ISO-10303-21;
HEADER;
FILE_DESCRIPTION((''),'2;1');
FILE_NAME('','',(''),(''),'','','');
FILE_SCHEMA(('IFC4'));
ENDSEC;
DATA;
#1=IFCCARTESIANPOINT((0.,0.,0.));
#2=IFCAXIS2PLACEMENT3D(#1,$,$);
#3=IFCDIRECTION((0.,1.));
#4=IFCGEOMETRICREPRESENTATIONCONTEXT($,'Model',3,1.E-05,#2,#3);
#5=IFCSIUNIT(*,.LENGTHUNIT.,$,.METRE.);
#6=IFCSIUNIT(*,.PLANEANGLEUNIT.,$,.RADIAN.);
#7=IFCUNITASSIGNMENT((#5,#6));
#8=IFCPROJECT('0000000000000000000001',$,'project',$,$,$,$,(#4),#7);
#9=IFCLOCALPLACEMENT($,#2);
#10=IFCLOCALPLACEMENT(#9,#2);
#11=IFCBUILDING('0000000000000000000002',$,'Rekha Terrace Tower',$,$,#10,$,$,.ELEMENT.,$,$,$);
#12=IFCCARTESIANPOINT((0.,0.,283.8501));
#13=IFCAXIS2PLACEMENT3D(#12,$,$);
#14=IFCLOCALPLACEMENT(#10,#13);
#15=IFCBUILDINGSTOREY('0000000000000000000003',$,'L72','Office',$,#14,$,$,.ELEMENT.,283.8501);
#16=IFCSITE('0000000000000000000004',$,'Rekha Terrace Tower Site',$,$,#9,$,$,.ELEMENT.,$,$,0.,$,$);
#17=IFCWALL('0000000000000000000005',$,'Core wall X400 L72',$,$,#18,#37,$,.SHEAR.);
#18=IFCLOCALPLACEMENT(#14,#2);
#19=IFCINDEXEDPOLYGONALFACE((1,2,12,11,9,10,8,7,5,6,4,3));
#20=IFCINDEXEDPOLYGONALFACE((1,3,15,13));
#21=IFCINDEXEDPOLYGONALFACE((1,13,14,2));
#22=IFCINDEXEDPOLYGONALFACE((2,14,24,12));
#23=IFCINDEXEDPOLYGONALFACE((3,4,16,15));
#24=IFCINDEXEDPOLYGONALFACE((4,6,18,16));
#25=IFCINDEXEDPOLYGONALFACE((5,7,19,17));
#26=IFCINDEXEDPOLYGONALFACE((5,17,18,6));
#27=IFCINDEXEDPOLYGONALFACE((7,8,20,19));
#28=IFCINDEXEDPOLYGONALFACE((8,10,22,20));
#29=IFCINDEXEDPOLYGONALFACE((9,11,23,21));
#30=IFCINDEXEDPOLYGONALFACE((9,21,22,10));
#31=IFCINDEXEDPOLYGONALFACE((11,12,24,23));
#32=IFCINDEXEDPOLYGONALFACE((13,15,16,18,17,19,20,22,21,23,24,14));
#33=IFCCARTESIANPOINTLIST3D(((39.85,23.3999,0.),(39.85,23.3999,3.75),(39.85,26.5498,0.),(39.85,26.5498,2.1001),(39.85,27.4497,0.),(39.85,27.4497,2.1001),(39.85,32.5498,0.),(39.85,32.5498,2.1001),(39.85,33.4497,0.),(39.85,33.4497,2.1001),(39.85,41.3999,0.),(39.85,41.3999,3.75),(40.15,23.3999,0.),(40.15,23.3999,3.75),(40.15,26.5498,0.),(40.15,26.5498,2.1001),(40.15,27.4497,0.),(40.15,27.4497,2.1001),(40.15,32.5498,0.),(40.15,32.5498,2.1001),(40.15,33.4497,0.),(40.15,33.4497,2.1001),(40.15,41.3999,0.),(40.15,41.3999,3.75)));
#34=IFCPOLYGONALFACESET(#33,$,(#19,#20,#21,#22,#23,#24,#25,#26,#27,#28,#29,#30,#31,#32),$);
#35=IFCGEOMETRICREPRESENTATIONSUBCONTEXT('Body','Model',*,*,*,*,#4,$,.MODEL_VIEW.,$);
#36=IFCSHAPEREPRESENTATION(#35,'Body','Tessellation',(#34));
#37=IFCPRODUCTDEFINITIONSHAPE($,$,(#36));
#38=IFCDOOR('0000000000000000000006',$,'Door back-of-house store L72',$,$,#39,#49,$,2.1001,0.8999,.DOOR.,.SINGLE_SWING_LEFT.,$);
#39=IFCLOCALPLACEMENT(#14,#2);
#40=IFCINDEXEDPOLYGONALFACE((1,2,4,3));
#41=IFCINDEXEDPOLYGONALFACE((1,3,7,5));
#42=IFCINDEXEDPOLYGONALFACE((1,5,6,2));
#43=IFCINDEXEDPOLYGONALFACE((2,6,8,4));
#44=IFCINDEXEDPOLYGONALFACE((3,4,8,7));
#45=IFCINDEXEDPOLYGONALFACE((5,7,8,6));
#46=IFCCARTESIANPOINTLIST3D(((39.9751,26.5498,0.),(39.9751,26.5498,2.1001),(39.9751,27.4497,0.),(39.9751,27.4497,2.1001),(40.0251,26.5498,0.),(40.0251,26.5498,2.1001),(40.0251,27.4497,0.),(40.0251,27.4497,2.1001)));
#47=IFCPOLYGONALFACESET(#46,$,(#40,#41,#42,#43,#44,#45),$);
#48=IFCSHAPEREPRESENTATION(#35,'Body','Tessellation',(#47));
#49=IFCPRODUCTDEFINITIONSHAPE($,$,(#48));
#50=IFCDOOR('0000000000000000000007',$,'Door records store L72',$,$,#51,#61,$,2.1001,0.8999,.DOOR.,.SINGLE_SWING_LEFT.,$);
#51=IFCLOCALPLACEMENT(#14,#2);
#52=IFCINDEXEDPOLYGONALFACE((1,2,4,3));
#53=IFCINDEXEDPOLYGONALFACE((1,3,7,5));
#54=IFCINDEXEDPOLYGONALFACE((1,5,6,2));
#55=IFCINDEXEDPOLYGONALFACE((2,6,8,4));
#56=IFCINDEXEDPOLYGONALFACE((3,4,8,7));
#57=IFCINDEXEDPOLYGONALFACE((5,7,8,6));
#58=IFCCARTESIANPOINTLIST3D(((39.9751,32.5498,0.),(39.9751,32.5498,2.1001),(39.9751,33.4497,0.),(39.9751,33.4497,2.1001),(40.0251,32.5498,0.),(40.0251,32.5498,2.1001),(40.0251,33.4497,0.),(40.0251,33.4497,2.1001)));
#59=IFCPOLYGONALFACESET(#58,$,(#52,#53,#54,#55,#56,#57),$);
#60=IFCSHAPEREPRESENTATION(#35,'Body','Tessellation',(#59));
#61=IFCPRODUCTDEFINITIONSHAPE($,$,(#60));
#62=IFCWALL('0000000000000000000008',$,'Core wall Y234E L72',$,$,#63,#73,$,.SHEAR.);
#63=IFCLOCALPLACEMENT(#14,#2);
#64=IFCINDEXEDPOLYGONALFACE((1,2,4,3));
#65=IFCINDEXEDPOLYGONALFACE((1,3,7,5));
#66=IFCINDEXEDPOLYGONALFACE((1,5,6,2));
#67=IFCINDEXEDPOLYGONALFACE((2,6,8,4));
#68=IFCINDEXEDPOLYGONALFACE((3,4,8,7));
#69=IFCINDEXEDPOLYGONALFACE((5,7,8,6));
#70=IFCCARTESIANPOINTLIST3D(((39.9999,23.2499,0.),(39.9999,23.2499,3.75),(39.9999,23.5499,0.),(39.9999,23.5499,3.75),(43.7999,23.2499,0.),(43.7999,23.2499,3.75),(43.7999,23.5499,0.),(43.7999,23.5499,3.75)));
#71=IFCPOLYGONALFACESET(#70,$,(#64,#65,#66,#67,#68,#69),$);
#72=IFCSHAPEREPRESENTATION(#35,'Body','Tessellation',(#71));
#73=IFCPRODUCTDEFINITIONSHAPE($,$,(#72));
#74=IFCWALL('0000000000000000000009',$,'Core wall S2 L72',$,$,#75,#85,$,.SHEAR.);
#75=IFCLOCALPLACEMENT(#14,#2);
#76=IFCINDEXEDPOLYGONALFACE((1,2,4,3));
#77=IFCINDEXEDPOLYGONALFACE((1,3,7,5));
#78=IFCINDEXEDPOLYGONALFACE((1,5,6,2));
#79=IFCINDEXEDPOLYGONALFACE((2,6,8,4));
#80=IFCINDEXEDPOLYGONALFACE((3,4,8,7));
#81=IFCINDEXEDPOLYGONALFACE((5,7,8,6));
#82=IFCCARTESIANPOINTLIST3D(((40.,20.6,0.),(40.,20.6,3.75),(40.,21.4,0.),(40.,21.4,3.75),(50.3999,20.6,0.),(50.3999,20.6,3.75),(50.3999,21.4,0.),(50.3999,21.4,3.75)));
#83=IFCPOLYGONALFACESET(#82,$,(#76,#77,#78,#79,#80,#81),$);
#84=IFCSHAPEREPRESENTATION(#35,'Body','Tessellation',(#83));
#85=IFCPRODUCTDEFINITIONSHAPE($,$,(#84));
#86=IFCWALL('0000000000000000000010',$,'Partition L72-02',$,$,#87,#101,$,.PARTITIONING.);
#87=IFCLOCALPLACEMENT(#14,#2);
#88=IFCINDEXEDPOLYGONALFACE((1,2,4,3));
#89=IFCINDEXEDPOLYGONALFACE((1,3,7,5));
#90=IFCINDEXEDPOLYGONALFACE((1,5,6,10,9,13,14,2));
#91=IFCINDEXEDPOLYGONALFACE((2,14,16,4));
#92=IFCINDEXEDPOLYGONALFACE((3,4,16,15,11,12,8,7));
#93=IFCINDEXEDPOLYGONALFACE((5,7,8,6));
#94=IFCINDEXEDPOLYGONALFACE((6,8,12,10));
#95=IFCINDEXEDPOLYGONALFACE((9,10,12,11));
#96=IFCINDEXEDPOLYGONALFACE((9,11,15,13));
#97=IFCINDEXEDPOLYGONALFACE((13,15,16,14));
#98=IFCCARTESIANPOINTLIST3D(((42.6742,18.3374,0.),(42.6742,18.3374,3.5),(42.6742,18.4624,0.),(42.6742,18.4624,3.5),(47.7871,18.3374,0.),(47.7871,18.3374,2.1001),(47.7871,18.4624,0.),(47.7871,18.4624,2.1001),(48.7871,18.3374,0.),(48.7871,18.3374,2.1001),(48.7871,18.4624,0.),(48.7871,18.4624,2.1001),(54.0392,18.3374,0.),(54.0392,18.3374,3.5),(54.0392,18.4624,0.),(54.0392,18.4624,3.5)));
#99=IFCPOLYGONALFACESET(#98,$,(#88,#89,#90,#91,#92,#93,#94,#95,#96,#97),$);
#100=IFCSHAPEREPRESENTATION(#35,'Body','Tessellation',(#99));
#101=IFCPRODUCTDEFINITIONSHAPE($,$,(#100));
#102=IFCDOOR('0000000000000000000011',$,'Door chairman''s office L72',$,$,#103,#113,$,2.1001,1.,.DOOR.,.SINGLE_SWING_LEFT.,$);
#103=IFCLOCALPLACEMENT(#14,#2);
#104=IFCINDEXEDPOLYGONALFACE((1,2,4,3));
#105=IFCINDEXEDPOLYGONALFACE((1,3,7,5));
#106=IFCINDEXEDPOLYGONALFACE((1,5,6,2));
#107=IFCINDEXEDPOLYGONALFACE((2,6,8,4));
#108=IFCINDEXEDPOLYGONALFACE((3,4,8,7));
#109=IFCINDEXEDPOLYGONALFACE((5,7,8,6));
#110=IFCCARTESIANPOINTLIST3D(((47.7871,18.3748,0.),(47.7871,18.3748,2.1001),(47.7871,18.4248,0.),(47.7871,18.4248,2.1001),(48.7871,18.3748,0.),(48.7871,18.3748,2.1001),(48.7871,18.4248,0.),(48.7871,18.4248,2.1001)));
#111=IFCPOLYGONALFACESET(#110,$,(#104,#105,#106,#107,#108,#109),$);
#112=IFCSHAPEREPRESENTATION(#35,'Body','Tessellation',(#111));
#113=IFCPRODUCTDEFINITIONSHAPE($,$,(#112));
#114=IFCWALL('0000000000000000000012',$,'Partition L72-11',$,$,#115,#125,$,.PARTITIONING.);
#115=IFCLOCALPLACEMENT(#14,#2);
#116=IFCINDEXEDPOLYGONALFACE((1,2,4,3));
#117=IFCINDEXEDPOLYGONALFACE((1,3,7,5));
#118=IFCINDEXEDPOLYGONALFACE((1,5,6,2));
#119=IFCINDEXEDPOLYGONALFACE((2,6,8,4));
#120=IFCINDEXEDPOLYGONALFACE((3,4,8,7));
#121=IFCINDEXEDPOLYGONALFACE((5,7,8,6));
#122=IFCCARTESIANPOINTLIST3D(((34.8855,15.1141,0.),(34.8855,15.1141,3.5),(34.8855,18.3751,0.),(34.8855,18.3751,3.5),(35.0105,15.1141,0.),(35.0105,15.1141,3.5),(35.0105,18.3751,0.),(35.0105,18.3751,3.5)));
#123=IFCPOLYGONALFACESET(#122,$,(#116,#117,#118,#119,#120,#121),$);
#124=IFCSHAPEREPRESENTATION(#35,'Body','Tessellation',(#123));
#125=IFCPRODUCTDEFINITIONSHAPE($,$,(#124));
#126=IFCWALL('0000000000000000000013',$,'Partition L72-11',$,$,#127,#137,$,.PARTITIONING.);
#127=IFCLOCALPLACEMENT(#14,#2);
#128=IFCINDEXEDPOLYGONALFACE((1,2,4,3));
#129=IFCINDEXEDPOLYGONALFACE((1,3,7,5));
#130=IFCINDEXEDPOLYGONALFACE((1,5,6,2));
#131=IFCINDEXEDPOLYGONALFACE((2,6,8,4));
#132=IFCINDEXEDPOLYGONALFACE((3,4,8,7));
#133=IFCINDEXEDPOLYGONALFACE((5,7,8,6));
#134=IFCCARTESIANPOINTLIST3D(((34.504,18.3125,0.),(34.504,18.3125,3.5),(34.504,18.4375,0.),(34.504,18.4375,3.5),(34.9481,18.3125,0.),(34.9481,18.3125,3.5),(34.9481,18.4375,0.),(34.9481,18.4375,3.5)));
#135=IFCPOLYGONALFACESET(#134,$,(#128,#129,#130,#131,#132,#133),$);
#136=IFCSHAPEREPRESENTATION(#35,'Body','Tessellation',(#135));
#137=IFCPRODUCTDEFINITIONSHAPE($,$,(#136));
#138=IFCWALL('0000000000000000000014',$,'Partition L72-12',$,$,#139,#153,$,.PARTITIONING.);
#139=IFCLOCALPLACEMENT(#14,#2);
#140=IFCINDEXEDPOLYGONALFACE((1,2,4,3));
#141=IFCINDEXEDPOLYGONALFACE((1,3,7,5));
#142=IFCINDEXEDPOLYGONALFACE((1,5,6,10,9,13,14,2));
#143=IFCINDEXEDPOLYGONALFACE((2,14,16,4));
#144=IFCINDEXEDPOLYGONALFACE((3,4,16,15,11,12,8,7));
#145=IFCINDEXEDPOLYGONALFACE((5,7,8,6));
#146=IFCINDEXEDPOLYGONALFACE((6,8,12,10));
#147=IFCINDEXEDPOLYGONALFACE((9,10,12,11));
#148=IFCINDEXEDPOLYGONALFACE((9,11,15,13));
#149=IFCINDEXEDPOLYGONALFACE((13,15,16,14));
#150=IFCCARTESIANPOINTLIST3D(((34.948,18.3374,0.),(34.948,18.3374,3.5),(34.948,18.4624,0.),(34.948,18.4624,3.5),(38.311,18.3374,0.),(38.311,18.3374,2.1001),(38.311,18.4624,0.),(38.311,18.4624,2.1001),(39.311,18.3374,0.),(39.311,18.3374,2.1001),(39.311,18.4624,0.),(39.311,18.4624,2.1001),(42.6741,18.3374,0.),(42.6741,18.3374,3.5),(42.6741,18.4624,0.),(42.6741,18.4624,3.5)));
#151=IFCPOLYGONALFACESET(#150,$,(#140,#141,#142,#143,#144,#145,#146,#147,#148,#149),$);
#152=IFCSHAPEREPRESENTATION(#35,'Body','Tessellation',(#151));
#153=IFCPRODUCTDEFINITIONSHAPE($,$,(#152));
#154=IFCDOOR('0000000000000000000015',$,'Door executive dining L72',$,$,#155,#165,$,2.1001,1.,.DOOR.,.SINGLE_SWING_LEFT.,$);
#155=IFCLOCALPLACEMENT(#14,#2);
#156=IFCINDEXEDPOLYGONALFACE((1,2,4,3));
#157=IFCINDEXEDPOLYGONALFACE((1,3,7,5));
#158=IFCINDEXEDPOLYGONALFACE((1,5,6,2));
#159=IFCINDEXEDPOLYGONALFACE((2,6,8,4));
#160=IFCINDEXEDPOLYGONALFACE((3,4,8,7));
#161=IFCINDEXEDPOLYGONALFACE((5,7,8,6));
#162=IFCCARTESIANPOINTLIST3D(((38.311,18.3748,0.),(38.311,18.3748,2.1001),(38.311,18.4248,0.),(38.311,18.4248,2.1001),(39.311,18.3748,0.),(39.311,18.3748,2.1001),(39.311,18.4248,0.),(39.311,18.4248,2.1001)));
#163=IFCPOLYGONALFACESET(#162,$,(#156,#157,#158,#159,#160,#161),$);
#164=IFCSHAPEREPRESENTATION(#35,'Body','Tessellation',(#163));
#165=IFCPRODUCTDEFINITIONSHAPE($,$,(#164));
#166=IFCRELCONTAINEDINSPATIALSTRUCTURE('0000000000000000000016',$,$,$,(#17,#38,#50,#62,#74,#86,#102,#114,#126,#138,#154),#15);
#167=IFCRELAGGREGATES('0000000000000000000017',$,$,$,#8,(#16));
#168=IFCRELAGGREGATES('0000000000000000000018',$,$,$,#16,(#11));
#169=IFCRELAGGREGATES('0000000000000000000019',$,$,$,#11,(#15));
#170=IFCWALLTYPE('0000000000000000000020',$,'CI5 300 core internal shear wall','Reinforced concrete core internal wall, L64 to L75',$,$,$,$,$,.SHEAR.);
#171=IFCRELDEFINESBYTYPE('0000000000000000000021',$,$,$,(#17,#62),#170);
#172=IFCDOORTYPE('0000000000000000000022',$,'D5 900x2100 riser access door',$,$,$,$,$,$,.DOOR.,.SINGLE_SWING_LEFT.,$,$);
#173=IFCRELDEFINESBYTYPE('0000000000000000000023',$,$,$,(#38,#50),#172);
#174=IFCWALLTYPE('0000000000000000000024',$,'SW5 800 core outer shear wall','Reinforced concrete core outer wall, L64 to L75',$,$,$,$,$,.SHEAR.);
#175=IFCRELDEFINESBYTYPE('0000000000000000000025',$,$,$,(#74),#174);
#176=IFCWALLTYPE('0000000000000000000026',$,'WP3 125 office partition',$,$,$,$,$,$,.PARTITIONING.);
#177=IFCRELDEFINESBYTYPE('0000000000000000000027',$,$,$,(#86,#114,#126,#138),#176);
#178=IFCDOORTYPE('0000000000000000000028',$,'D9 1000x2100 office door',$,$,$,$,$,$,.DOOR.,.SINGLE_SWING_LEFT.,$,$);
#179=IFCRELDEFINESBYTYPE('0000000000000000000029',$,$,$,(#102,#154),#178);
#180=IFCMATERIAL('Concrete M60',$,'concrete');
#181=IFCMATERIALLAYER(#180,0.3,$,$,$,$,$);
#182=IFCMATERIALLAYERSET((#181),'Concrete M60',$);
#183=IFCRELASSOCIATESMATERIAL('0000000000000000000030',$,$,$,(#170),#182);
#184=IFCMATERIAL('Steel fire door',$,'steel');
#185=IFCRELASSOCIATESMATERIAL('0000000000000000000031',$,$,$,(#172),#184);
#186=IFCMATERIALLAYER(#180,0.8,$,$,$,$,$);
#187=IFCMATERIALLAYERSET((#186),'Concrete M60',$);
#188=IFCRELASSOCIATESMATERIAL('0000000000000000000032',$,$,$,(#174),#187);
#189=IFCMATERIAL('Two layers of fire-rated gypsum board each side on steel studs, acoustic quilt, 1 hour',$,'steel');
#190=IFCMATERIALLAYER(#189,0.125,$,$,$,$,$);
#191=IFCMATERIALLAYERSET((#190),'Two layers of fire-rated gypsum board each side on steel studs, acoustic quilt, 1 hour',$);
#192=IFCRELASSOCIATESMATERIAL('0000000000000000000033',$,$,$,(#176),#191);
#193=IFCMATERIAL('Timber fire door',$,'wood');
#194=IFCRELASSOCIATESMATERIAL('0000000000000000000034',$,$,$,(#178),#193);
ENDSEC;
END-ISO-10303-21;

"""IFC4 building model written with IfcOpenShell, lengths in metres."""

from ifc_helpers import new_model, si_unit, direction, frame, frame_2d, origin, place, context, subcontext, project, spatial, rectangle, extrude, material, layer, layer_set, type_object, element, fill, save


model = new_model("IFC4")

# Units and contexts
model_context = context("Model", 3, precision=1e-05, world=origin(), true_north=direction((0.0, 1.0)))
body_context = subcontext(model_context, "Body", "Model", "MODEL_VIEW")
ifc_project = project(units=[si_unit("LENGTHUNIT", "METRE"), si_unit("PLANEANGLEUNIT", "RADIAN")], contexts=[model_context])

# Site, building, storey
site_placement = place(None, origin())
site = spatial("IfcSite", under=ifc_project, at=site_placement, Name="Rekha Terrace Tower Site", CompositionType="ELEMENT", RefElevation=0.0)
building_placement = place(site_placement, origin())
building = spatial("IfcBuilding", under=site, at=building_placement, Name="Rekha Terrace Tower", CompositionType="ELEMENT")
storey_placement = place(building_placement, frame((0.0, 0.0, 283.8501)))
storey = spatial("IfcBuildingStorey", under=building, at=storey_placement, Name="L72", Description="Office", CompositionType="ELEMENT", Elevation=283.8501)

# Shared definitions
ifc_material_1 = material(Name="Concrete M60", Category="concrete")

# Wall, openings, doors
ifc_layer_1 = layer(ifc_material_1, 0.3)
ifc_layer_set_1 = layer_set([ifc_layer_1], Name="Concrete M60")
wall_type_1 = type_object("IfcWallType", Name="CI5 300 core internal shear wall", Description="Reinforced concrete core internal wall, L64 to L75", PredefinedType="SHEAR", material=ifc_layer_set_1)
wall_1_placement = place(storey_placement, frame((40.0, 23.3999, 0.0), z_axis=(0.0, 0.0, 1.0), x_axis=(0.0, 1.0, 0.0)))
wall_1 = element("IfcWall", 1, at=wall_1_placement, inside=storey, type_object=wall_type_1, Name="Core wall X400 L72", PredefinedType="SHEAR", context=body_context, shape_type="SweptSolid", body=[
    extrude(rectangle(XDim=18.0, YDim=0.3, at=frame_2d((9.0, 0.0))), origin(), (0.0, 0.0, 1.0), 3.75),
])
opening_1_placement = place(wall_1_placement, frame((3.1499, 0.0, 0.0)))
opening_1 = element("IfcOpeningElement", 2, at=opening_1_placement, cuts=wall_1, PredefinedType="OPENING", context=body_context, shape_type="SweptSolid", body=[
    extrude(rectangle(XDim=0.8999, YDim=2.1001, at=frame_2d((0.45, 1.05))), frame((0.0, 0.1599, 0.0), z_axis=(0.0, -1.0, 0.0), x_axis=(1.0, 0.0, 0.0)), (0.0, 0.0, 1.0), 0.3201),
])
opening_2_placement = place(wall_1_placement, frame((9.1499, 0.0, 0.0)))
opening_2 = element("IfcOpeningElement", 3, at=opening_2_placement, cuts=wall_1, PredefinedType="OPENING", context=body_context, shape_type="SweptSolid", body=[
    extrude(rectangle(XDim=0.8999, YDim=2.1001, at=frame_2d((0.45, 1.05))), frame((0.0, 0.1599, 0.0), z_axis=(0.0, -1.0, 0.0), x_axis=(1.0, 0.0, 0.0)), (0.0, 0.0, 1.0), 0.3201),
])
ifc_material_2 = material(Name="Steel fire door", Category="steel")
door_type_1 = type_object("IfcDoorType", Name="D5 900x2100 riser access door", OperationType="SINGLE_SWING_LEFT", PredefinedType="DOOR", material=ifc_material_2)
door_1_placement = place(opening_1_placement, origin())
door_1 = element("IfcDoor", 4, at=door_1_placement, inside=storey, type_object=door_type_1, Name="Door back-of-house store L72", OperationType="SINGLE_SWING_LEFT", OverallHeight=2.1001, OverallWidth=0.8999, PredefinedType="DOOR", context=body_context, shape_type="SweptSolid", body=[
    extrude(rectangle(XDim=0.8999, YDim=2.1001, at=frame_2d((0.45, 1.05))), frame((0.0, 0.0249, 0.0), z_axis=(0.0, -1.0, 0.0), x_axis=(1.0, 0.0, 0.0)), (0.0, 0.0, 1.0), 0.05),
])
fill(opening_1, door_1)
door_2_placement = place(opening_2_placement, origin())
door_2 = element("IfcDoor", 5, at=door_2_placement, inside=storey, type_object=door_type_1, Name="Door records store L72", OperationType="SINGLE_SWING_LEFT", OverallHeight=2.1001, OverallWidth=0.8999, PredefinedType="DOOR", context=body_context, shape_type="SweptSolid", body=[
    extrude(rectangle(XDim=0.8999, YDim=2.1001, at=frame_2d((0.45, 1.05))), frame((0.0, 0.0249, 0.0), z_axis=(0.0, -1.0, 0.0), x_axis=(1.0, 0.0, 0.0)), (0.0, 0.0, 1.0), 0.05),
])
fill(opening_2, door_2)

# Walls
wall_2_placement = place(storey_placement, frame((40.0, 23.3999, 0.0), z_axis=(0.0, 0.0, 1.0), x_axis=(1.0, 0.0, 0.0)))
element("IfcWall", 6, at=wall_2_placement, inside=storey, type_object=wall_type_1, Name="Core wall Y234E L72", PredefinedType="SHEAR", context=body_context, shape_type="SweptSolid", body=[
    extrude(rectangle(XDim=3.8, YDim=0.3, at=frame_2d((1.8999, 0.0))), origin(), (0.0, 0.0, 1.0), 3.75),
])
ifc_layer_2 = layer(ifc_material_1, 0.8)
ifc_layer_set_2 = layer_set([ifc_layer_2], Name="Concrete M60")
wall_type_2 = type_object("IfcWallType", Name="SW5 800 core outer shear wall", Description="Reinforced concrete core outer wall, L64 to L75", PredefinedType="SHEAR", material=ifc_layer_set_2)
wall_3_placement = place(storey_placement, frame((40.0, 21.0, 0.0), z_axis=(0.0, 0.0, 1.0), x_axis=(1.0, 0.0, 0.0)))
element("IfcWall", 7, at=wall_3_placement, inside=storey, type_object=wall_type_2, Name="Core wall S2 L72", PredefinedType="SHEAR", context=body_context, shape_type="SweptSolid", body=[
    extrude(rectangle(XDim=10.3999, YDim=0.8, at=frame_2d((5.2, 0.0))), origin(), (0.0, 0.0, 1.0), 3.75),
])

# Wall, opening, door
ifc_material_3 = material(Name="Two layers of fire-rated gypsum board each side on steel studs, acoustic quilt, 1 hour", Category="steel")
ifc_layer_3 = layer(ifc_material_3, 0.125)
ifc_layer_set_3 = layer_set([ifc_layer_3], Name="Two layers of fire-rated gypsum board each side on steel studs, acoustic quilt, 1 hour")
wall_type_3 = type_object("IfcWallType", Name="WP3 125 office partition", PredefinedType="PARTITIONING", material=ifc_layer_set_3)
wall_4_placement = place(storey_placement, frame((42.6741, 18.3999, 0.0), z_axis=(0.0, 0.0, 1.0), x_axis=(1.0, 0.0, 0.0)))
wall_4 = element("IfcWall", 8, at=wall_4_placement, inside=storey, type_object=wall_type_3, Name="Partition L72-02", PredefinedType="PARTITIONING", context=body_context, shape_type="SweptSolid", body=[
    extrude(rectangle(XDim=11.365, YDim=0.125, at=frame_2d((5.6826, 0.0))), origin(), (0.0, 0.0, 1.0), 3.5),
])
opening_3_placement = place(wall_4_placement, frame((5.113, 0.0, 0.0)))
opening_3 = element("IfcOpeningElement", 9, at=opening_3_placement, cuts=wall_4, PredefinedType="OPENING", context=body_context, shape_type="SweptSolid", body=[
    extrude(rectangle(XDim=1.0, YDim=2.1001, at=frame_2d((0.5, 1.05))), frame((0.0, 0.0725, 0.0), z_axis=(0.0, -1.0, 0.0), x_axis=(1.0, 0.0, 0.0)), (0.0, 0.0, 1.0), 0.145),
])
ifc_material_4 = material(Name="Timber fire door", Category="wood")
door_type_2 = type_object("IfcDoorType", Name="D9 1000x2100 office door", OperationType="SINGLE_SWING_LEFT", PredefinedType="DOOR", material=ifc_material_4)
door_3_placement = place(opening_3_placement, origin())
door_3 = element("IfcDoor", 10, at=door_3_placement, inside=storey, type_object=door_type_2, Name="Door chairman's office L72", OperationType="SINGLE_SWING_LEFT", OverallHeight=2.1001, OverallWidth=1.0, PredefinedType="DOOR", context=body_context, shape_type="SweptSolid", body=[
    extrude(rectangle(XDim=1.0, YDim=2.1001, at=frame_2d((0.5, 1.05))), frame((0.0, 0.0249, 0.0), z_axis=(0.0, -1.0, 0.0), x_axis=(1.0, 0.0, 0.0)), (0.0, 0.0, 1.0), 0.05),
])
fill(opening_3, door_3)

# Walls
wall_5_placement = place(storey_placement, frame((34.948, 18.375, 0.0), z_axis=(0.0, 0.0, 1.0), x_axis=(0.0, -1.0, 0.0)))
element("IfcWall", 11, at=wall_5_placement, inside=storey, type_object=wall_type_3, Name="Partition L72-11", PredefinedType="PARTITIONING", context=body_context, shape_type="SweptSolid", body=[
    extrude(rectangle(XDim=3.261, YDim=0.125, at=frame_2d((1.6304, 0.0))), origin(), (0.0, 0.0, 1.0), 3.5),
])
wall_6_placement = place(storey_placement, frame((34.5039, 18.375, 0.0), z_axis=(0.0, 0.0, 1.0), x_axis=(1.0, 0.0, 0.0)))
element("IfcWall", 12, at=wall_6_placement, inside=storey, type_object=wall_type_3, Name="Partition L72-11", PredefinedType="PARTITIONING", context=body_context, shape_type="SweptSolid", body=[
    extrude(rectangle(XDim=0.4441, YDim=0.125, at=frame_2d((0.2222, 0.0))), origin(), (0.0, 0.0, 1.0), 3.5),
])

# Wall, opening, door
wall_7_placement = place(storey_placement, frame((34.948, 18.3999, 0.0), z_axis=(0.0, 0.0, 1.0), x_axis=(1.0, 0.0, 0.0)))
wall_7 = element("IfcWall", 13, at=wall_7_placement, inside=storey, type_object=wall_type_3, Name="Partition L72-12", PredefinedType="PARTITIONING", context=body_context, shape_type="SweptSolid", body=[
    extrude(rectangle(XDim=7.7261, YDim=0.125, at=frame_2d((3.863, 0.0))), origin(), (0.0, 0.0, 1.0), 3.5),
])
opening_4_placement = place(wall_7_placement, frame((3.363, 0.0, 0.0)))
opening_4 = element("IfcOpeningElement", 14, at=opening_4_placement, cuts=wall_7, PredefinedType="OPENING", context=body_context, shape_type="SweptSolid", body=[
    extrude(rectangle(XDim=1.0, YDim=2.1001, at=frame_2d((0.5, 1.05))), frame((0.0, 0.0725, 0.0), z_axis=(0.0, -1.0, 0.0), x_axis=(1.0, 0.0, 0.0)), (0.0, 0.0, 1.0), 0.145),
])
door_4_placement = place(opening_4_placement, origin())
door_4 = element("IfcDoor", 15, at=door_4_placement, inside=storey, type_object=door_type_2, Name="Door executive dining L72", OperationType="SINGLE_SWING_LEFT", OverallHeight=2.1001, OverallWidth=1.0, PredefinedType="DOOR", context=body_context, shape_type="SweptSolid", body=[
    extrude(rectangle(XDim=1.0, YDim=2.1001, at=frame_2d((0.5, 1.05))), frame((0.0, 0.0249, 0.0), z_axis=(0.0, -1.0, 0.0), x_axis=(1.0, 0.0, 0.0)), (0.0, 0.0, 1.0), 0.05),
])
fill(opening_4, door_4)

save(model, "model.ifc")
